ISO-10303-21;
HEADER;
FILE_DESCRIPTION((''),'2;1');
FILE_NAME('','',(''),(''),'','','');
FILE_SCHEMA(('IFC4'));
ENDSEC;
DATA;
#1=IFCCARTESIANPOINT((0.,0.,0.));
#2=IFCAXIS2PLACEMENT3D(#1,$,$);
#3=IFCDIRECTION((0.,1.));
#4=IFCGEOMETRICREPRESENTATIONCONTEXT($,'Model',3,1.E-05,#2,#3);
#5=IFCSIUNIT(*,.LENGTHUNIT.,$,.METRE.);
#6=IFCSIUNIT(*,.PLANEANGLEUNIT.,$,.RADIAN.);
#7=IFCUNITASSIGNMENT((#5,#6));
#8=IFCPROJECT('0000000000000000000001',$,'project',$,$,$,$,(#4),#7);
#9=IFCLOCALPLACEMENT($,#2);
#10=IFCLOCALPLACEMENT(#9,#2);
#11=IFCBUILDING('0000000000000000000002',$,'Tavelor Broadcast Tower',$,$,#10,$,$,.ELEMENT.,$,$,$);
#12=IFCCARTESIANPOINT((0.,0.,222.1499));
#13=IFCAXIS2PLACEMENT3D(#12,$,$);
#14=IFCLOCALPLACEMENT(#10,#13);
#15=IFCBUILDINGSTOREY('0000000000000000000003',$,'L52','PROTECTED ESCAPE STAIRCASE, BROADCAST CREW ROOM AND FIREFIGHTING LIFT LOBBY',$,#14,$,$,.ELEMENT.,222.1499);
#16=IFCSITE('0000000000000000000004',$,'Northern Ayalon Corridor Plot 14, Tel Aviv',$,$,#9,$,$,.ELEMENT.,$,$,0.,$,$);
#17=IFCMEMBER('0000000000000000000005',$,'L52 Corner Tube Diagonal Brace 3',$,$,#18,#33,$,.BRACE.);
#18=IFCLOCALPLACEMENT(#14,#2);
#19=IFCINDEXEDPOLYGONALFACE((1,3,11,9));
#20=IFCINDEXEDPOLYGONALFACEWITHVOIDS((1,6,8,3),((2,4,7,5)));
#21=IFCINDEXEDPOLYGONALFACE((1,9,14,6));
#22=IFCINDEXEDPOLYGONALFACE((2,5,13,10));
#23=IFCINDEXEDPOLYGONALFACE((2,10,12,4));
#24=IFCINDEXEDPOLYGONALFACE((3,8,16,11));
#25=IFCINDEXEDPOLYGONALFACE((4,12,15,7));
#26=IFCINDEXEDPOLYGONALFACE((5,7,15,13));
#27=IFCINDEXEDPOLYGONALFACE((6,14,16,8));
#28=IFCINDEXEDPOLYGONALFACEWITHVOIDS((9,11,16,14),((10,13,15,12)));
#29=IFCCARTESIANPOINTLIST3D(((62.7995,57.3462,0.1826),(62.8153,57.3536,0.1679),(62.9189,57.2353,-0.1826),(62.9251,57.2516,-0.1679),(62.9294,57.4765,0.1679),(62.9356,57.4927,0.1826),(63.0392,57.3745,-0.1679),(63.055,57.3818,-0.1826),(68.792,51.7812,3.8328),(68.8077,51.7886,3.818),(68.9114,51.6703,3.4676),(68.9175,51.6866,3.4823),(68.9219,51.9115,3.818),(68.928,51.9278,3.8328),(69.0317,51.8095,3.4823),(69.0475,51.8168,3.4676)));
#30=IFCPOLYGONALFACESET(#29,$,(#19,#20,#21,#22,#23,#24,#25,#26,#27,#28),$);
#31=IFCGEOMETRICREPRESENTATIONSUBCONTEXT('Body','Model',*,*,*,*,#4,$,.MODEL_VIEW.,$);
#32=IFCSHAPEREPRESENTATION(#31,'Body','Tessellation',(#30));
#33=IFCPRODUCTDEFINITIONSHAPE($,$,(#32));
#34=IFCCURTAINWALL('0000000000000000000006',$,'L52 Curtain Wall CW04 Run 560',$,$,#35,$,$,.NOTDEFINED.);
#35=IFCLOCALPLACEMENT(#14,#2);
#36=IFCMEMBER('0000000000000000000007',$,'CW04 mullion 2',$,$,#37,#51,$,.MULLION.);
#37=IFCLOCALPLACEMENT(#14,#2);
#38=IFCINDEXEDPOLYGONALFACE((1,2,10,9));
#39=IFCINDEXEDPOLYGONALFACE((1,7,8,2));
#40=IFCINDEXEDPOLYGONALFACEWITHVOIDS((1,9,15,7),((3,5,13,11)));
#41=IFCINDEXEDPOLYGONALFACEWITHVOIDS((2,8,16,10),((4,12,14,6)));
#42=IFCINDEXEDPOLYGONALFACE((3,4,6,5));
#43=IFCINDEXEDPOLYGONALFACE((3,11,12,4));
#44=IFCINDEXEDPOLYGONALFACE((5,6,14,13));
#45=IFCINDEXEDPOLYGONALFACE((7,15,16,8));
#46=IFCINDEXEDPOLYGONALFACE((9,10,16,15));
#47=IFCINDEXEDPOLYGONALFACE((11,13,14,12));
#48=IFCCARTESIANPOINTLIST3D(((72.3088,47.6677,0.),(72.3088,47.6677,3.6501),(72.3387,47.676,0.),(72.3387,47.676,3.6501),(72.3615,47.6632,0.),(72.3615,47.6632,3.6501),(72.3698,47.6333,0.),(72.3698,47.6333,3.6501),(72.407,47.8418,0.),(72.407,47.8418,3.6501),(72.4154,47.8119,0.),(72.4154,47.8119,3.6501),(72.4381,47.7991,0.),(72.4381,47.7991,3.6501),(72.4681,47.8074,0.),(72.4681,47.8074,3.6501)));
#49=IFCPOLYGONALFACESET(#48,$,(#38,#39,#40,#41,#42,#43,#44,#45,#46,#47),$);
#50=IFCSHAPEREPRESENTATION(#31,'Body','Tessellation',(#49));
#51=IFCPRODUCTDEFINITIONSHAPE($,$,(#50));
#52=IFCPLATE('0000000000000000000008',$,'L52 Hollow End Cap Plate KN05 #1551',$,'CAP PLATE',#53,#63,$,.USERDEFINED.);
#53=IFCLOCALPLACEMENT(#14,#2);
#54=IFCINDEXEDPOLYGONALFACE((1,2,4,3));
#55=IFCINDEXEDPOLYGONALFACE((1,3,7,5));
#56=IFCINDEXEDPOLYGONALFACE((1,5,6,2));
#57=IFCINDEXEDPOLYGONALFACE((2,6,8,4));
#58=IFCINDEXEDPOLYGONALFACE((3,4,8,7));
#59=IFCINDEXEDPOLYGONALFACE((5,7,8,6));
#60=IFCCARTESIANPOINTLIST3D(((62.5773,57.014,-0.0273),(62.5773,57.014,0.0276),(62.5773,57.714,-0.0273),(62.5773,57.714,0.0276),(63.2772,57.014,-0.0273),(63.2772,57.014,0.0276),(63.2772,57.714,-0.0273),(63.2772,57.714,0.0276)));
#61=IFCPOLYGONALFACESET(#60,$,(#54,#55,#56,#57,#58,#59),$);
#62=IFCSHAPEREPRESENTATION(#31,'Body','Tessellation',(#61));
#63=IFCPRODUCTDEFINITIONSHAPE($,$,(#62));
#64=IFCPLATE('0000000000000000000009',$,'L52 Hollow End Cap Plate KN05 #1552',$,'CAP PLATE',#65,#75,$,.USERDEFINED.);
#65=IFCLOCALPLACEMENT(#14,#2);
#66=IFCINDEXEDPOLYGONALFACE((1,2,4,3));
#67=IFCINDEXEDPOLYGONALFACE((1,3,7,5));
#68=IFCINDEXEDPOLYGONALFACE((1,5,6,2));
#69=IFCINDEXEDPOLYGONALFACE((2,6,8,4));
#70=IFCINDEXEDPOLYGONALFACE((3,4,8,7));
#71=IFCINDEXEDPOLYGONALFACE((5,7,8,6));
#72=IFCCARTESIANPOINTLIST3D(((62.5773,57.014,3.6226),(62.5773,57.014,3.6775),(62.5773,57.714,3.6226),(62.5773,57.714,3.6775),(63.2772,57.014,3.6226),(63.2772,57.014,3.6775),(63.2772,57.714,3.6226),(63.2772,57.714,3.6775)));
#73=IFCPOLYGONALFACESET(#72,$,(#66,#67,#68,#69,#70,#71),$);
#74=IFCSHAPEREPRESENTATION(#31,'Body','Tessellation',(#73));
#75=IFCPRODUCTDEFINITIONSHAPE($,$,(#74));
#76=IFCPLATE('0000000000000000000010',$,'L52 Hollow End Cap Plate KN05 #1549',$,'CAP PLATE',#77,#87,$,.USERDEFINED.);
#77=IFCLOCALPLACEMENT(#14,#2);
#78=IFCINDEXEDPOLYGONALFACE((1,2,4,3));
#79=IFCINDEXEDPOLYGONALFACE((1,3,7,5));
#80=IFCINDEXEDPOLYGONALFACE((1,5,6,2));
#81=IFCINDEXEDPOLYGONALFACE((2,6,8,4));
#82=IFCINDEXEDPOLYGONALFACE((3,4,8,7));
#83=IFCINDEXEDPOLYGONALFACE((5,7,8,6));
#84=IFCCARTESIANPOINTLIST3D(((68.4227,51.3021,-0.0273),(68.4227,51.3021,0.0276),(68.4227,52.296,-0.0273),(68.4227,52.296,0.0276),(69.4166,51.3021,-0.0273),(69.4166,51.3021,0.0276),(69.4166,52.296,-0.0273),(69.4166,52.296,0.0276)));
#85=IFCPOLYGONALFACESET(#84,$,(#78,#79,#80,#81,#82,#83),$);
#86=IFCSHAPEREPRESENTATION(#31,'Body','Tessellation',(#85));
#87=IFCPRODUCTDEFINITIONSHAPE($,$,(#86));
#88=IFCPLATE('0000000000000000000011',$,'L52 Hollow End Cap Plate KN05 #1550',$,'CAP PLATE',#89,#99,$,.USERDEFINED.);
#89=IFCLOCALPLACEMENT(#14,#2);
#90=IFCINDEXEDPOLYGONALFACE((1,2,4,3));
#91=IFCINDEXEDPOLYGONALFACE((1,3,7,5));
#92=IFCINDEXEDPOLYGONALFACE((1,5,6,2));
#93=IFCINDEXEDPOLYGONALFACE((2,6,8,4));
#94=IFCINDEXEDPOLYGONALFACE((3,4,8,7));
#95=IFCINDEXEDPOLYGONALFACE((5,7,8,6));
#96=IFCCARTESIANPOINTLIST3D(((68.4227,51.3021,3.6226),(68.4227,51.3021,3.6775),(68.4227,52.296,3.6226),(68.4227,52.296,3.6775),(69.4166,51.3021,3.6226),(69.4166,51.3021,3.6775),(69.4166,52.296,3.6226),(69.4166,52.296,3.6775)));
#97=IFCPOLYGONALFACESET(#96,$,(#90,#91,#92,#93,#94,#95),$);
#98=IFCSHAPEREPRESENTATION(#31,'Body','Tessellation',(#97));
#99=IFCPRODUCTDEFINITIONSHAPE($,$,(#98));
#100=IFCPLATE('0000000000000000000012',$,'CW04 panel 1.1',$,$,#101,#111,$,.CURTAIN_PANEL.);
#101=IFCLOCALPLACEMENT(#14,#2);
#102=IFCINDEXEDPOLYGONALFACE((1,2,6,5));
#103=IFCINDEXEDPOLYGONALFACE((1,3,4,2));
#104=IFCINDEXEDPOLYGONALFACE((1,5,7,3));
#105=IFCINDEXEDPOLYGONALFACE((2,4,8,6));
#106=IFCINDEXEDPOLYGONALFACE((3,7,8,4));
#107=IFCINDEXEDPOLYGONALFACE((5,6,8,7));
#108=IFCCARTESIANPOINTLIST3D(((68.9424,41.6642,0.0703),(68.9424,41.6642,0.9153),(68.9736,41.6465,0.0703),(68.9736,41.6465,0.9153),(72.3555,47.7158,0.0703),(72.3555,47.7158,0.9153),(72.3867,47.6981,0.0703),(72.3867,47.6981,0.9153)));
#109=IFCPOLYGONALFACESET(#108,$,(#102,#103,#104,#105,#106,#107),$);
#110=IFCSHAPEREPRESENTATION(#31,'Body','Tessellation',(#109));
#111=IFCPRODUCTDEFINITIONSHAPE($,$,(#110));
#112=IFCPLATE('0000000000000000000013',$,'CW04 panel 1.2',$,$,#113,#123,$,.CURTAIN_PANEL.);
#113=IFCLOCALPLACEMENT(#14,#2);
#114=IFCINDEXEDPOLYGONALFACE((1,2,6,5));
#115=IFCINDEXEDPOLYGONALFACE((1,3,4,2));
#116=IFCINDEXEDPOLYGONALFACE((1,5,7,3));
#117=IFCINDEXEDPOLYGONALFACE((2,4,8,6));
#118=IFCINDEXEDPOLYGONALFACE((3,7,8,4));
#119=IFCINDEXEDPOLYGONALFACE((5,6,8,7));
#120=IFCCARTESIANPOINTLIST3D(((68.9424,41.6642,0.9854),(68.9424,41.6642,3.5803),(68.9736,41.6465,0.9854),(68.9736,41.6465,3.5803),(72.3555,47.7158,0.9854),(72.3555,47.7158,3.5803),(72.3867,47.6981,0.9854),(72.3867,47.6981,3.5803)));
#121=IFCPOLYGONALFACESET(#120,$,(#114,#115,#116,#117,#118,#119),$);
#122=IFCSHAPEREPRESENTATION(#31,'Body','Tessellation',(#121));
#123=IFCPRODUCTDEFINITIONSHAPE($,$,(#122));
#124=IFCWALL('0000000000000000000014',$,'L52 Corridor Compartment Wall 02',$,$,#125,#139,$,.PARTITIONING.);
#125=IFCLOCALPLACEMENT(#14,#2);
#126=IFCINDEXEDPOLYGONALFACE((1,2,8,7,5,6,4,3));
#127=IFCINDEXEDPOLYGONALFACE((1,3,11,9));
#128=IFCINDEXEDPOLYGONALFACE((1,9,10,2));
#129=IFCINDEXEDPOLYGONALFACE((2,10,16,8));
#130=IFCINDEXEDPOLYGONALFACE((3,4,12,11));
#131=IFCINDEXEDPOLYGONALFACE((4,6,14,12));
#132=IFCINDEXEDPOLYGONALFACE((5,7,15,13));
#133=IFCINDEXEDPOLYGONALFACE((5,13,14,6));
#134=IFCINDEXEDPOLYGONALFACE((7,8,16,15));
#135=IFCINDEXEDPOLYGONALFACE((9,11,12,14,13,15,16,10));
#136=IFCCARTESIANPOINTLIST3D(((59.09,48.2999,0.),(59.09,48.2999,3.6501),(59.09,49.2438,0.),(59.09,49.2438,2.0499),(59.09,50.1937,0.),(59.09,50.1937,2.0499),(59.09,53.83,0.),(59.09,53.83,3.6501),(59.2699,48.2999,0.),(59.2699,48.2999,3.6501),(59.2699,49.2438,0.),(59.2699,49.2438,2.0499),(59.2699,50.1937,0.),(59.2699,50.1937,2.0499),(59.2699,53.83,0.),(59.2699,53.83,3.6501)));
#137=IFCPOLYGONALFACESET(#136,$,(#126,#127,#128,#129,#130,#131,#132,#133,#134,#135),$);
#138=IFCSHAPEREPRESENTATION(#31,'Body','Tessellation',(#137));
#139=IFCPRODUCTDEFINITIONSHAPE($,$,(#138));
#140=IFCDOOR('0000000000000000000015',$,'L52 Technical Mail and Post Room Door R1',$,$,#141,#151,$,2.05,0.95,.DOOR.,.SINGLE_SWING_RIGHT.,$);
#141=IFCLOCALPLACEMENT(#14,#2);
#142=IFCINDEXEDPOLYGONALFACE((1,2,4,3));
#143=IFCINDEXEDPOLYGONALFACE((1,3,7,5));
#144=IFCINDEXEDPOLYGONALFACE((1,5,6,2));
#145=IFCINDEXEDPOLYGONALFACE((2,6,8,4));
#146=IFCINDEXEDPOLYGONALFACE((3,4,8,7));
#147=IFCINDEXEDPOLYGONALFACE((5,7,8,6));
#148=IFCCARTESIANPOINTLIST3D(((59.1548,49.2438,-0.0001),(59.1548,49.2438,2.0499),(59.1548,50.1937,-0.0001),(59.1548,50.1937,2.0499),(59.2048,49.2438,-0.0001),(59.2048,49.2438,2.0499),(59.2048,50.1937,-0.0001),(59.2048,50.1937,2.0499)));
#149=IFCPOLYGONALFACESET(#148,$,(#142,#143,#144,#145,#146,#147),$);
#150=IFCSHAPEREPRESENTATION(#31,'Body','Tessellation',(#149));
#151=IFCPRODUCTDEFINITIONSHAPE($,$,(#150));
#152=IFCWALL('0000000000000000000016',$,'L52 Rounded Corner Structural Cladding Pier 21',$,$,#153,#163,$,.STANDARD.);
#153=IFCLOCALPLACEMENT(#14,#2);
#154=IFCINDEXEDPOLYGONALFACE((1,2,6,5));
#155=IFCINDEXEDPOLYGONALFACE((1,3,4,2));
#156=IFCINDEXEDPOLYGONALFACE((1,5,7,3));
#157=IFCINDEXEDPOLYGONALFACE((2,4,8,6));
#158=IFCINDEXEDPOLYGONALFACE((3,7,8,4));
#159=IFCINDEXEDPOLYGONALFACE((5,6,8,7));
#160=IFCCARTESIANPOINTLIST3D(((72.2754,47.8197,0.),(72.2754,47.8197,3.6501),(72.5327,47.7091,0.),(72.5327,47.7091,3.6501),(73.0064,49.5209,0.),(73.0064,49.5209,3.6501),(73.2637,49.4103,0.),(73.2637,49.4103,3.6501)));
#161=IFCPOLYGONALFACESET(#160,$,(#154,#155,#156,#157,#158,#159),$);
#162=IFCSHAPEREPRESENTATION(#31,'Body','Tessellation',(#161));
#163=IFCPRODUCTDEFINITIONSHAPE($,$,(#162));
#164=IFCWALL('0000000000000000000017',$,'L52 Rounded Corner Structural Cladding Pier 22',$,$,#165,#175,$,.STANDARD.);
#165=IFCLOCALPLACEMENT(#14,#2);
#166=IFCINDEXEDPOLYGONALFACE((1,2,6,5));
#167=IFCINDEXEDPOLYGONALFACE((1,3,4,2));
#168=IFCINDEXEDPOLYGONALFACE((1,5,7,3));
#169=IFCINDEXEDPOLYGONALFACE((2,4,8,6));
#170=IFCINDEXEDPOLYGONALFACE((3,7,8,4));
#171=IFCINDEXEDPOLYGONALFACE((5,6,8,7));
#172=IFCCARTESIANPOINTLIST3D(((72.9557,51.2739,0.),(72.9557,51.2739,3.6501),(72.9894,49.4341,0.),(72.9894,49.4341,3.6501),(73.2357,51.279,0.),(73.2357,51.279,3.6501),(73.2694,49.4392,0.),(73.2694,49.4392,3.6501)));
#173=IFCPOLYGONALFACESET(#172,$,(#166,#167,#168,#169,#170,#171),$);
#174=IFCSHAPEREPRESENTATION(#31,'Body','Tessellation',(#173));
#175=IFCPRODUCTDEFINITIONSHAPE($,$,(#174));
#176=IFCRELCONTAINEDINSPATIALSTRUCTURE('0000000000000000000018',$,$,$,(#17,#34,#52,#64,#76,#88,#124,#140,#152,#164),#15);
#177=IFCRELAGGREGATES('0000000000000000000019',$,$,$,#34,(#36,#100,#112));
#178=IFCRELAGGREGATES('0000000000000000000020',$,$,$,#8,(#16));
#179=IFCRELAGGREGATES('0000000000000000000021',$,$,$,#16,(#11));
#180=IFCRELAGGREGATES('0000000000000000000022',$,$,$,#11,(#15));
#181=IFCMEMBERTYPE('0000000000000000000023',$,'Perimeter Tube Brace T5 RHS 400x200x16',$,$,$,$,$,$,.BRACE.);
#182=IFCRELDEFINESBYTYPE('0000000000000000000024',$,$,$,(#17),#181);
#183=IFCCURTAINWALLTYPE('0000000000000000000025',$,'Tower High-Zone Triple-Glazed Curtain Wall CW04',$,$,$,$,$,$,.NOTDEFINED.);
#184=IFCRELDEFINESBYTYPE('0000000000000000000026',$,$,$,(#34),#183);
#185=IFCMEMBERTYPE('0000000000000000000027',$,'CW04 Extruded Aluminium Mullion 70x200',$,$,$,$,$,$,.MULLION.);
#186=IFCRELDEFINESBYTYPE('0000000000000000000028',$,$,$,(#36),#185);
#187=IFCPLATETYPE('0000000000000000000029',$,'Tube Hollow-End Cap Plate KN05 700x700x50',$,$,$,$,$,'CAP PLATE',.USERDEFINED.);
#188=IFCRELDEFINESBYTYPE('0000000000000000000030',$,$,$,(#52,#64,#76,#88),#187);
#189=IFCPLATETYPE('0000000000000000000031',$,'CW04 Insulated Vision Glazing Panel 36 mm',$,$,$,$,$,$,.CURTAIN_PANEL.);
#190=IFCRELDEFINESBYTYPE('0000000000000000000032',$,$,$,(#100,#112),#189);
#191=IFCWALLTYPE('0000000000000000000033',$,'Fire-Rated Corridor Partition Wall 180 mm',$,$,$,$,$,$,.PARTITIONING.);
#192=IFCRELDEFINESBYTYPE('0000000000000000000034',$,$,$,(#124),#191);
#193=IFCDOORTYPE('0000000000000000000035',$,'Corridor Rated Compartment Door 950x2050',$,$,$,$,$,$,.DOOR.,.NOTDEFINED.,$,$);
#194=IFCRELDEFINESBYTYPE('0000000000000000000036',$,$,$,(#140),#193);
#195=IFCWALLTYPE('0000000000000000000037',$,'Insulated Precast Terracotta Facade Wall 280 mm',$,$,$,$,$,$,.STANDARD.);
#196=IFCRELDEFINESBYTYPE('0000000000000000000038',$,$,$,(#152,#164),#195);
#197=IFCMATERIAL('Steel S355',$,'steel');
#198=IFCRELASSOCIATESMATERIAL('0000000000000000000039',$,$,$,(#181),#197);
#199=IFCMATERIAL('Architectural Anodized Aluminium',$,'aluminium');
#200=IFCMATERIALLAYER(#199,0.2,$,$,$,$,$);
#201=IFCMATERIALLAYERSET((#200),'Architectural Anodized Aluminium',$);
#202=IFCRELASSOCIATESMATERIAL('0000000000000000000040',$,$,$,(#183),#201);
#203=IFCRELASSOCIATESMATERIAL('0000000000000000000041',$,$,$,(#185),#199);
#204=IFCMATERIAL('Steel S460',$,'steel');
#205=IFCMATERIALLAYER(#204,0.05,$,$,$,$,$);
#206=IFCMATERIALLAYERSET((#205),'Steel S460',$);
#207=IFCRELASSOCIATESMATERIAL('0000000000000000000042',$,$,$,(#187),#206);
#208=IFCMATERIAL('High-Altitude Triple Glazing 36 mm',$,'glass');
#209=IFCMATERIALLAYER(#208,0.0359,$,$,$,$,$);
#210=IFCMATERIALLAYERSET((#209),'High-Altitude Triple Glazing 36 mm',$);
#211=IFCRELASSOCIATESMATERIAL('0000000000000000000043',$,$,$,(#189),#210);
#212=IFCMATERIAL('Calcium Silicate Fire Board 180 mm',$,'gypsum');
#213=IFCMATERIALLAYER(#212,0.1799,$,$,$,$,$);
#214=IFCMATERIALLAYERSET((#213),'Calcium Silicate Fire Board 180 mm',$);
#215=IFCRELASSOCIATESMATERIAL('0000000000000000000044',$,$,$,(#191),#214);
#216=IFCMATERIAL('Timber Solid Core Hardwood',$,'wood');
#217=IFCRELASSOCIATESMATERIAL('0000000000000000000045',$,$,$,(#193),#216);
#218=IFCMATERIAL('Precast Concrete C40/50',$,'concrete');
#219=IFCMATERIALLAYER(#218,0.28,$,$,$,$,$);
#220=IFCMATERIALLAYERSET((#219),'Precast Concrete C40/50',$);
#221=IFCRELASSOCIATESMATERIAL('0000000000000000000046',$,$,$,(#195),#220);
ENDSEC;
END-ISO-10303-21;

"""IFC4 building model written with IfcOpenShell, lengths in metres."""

from ifc_helpers import new_model, si_unit, direction, frame, frame_2d, origin, origin_2d, place, context, subcontext, project, spatial, rectangle, hollow_rectangle, extrude, source, transform, mapped, material, layer, layer_set, material_profile, profile_set, type_object, type_shapes, element, fill, aggregate, save


model = new_model("IFC4")

# Units and contexts
model_context = context("Model", 3, precision=1e-05, world=origin(), true_north=direction((0.0, 1.0)))
body_context = subcontext(model_context, "Body", "Model", "MODEL_VIEW")
ifc_project = project(units=[si_unit("LENGTHUNIT", "METRE"), si_unit("PLANEANGLEUNIT", "RADIAN")], contexts=[model_context])

# Site, building, storey
site_placement = place(None, origin())
site = spatial("IfcSite", under=ifc_project, at=site_placement, Name="Northern Ayalon Corridor Plot 14, Tel Aviv", CompositionType="ELEMENT", RefElevation=0.0)
building_placement = place(site_placement, origin())
building = spatial("IfcBuilding", under=site, at=building_placement, Name="Tavelor Broadcast Tower", CompositionType="ELEMENT")
storey_placement = place(building_placement, frame((0.0, 0.0, 222.1499)))
storey = spatial("IfcBuildingStorey", under=building, at=storey_placement, Name="L52", Description="PROTECTED ESCAPE STAIRCASE, BROADCAST CREW ROOM AND FIREFIGHTING LIFT LOBBY", CompositionType="ELEMENT", Elevation=222.1499)

# Shared definitions
ifc_material_1 = material(Name="Steel S460", Category="steel")

# Shared definitions
ifc_material_2 = material(Name="Steel S355", Category="steel")

# Member
ifc_material_profile_1 = material_profile(ifc_material_2, hollow_rectangle(XDim=0.2, YDim=0.3999, WallThickness=0.0161, at=origin_2d()), Name="RHS 400x200x16")
ifc_profile_set_1 = profile_set([ifc_material_profile_1], Name="Steel S355")
member_type_1 = type_object("IfcMemberType", Name="Perimeter Tube Brace T5 RHS 400x200x16", PredefinedType="BRACE", material=ifc_profile_set_1)
member_1_placement = place(storey_placement, frame((62.9272, 57.364, 0.0), z_axis=(0.669133, -0.621398, 0.407586), x_axis=(0.680487, 0.732761, 0.0)))
element("IfcMember", 1, at=member_1_placement, inside=storey, type_object=member_type_1, Name="L52 Corner Tube Diagonal Brace 3", PredefinedType="BRACE", context=body_context, shape_type="SweptSolid", body=[
    extrude(hollow_rectangle(XDim=0.2, YDim=0.3999, WallThickness=0.0161, at=origin_2d()), origin(), (0.0, 0.0, 1.0), 8.9556),
])

# Curtain wall, member
ifc_material_3 = material(Name="Architectural Anodized Aluminium", Category="aluminium")
ifc_layer_1 = layer(ifc_material_3, 0.2)
ifc_layer_set_1 = layer_set([ifc_layer_1], Name="Architectural Anodized Aluminium")
curtain_wall_type = type_object("IfcCurtainWallType", Name="Tower High-Zone Triple-Glazed Curtain Wall CW04", PredefinedType="NOTDEFINED", material=ifc_layer_set_1)
curtain_wall_placement = place(storey_placement, origin())
curtain_wall = element("IfcCurtainWall", 2, at=curtain_wall_placement, inside=storey, type_object=curtain_wall_type, Name="L52 Curtain Wall CW04 Run 560", PredefinedType="NOTDEFINED")
ifc_material_profile_2 = material_profile(ifc_material_3, hollow_rectangle(XDim=0.0701, YDim=0.2, WallThickness=0.022, at=origin_2d()), Name="RHS 70x200x22")
ifc_profile_set_2 = profile_set([ifc_material_profile_2], Name="Architectural Anodized Aluminium")
member_type_2 = type_object("IfcMemberType", Name="CW04 Extruded Aluminium Mullion 70x200", PredefinedType="MULLION", material=ifc_profile_set_2)
shared_shape_1 = source(origin(), body_context, "Body", "SweptSolid", [
    extrude(hollow_rectangle(XDim=0.0701, YDim=0.2, WallThickness=0.022, at=origin_2d()), origin(), (0.0, 0.0, 1.0), 3.6501),
])
type_shapes(member_type_2, [shared_shape_1])
member_2_placement = place(storey_placement, frame((72.3884, 47.7375, 0.0), z_axis=(0.0, 0.0, 1.0), x_axis=(-0.871017, 0.491252, 0.0)))
member_2 = element("IfcMember", 3, at=member_2_placement, type_object=member_type_2, Name="CW04 mullion 2", PredefinedType="MULLION", context=body_context, shape_type="MappedRepresentation", body=[
    mapped(shared_shape_1, transform((0.0, 0.0, 0.0), scale=1.0)),
])

# Plates
ifc_layer_2 = layer(ifc_material_1, 0.05)
ifc_layer_set_2 = layer_set([ifc_layer_2], Name="Steel S460")
plate_type_1 = type_object("IfcPlateType", Name="Tube Hollow-End Cap Plate KN05 700x700x50", ElementType="CAP PLATE", PredefinedType="USERDEFINED", material=ifc_layer_set_2)
shared_shape_2 = source(origin(), body_context, "Body", "SweptSolid", [
    extrude(rectangle(XDim=0.7, YDim=0.7, at=origin_2d()), origin(), (0.0, 0.0, 1.0), 0.0549),
])
for number, where, z_axis, x_axis, name in (
    (4, (62.9272, 57.364, -0.0273), (0.0, 0.0, 1.0), (1.0, 0.0, 0.0), "L52 Hollow End Cap Plate KN05 #1551"),
    (5, (62.9272, 57.364, 3.6226), (0.0, 0.0, 1.0), (1.0, 0.0, 0.0), "L52 Hollow End Cap Plate KN05 #1552"),
):
    element("IfcPlate", number, at=place(storey_placement, frame(where, z_axis=z_axis, x_axis=x_axis)), inside=storey, type_object=plate_type_1, Name=name, ObjectType="CAP PLATE", PredefinedType="USERDEFINED", context=body_context, shape_type="MappedRepresentation", body=[
        mapped(shared_shape_2, transform((0.0, 0.0, 0.0), scale=1.0)),
    ])
shared_shape_3 = source(origin(), body_context, "Body", "SweptSolid", [
    extrude(rectangle(XDim=0.9939, YDim=0.9939, at=origin_2d()), origin(), (0.0, 0.0, 1.0), 0.0549),
])
type_shapes(plate_type_1, [shared_shape_2, shared_shape_3])
for number, where, z_axis, x_axis, name in (
    (6, (68.9197, 51.7991, -0.0273), (0.0, 0.0, 1.0), (1.0, 0.0, 0.0), "L52 Hollow End Cap Plate KN05 #1549"),
    (7, (68.9197, 51.7991, 3.6226), (0.0, 0.0, 1.0), (1.0, 0.0, 0.0), "L52 Hollow End Cap Plate KN05 #1550"),
):
    element("IfcPlate", number, at=place(storey_placement, frame(where, z_axis=z_axis, x_axis=x_axis)), inside=storey, type_object=plate_type_1, Name=name, ObjectType="CAP PLATE", PredefinedType="USERDEFINED", context=body_context, shape_type="MappedRepresentation", body=[
        mapped(shared_shape_3, transform((0.0, 0.0, 0.0), scale=1.0)),
    ])

# Plates
ifc_material_4 = material(Name="High-Altitude Triple Glazing 36 mm", Category="glass")
ifc_layer_3 = layer(ifc_material_4, 0.0359)
ifc_layer_set_3 = layer_set([ifc_layer_3], Name="High-Altitude Triple Glazing 36 mm")
plate_type_2 = type_object("IfcPlateType", Name="CW04 Insulated Vision Glazing Panel 36 mm", PredefinedType="CURTAIN_PANEL", material=ifc_layer_set_3)
shared_shape_4 = source(origin(), body_context, "Body", "SweptSolid", [
    extrude(rectangle(XDim=6.9478, YDim=0.0359, at=origin_2d()), origin(), (0.0, 0.0, 1.0), 0.845),
])
plate_1_placement = place(storey_placement, frame((70.6646, 44.6812, 0.0703), z_axis=(0.0, 0.0, 1.0), x_axis=(0.491252, 0.871017, 0.0)))
plate_1 = element("IfcPlate", 8, at=plate_1_placement, type_object=plate_type_2, Name="CW04 panel 1.1", PredefinedType="CURTAIN_PANEL", context=body_context, shape_type="MappedRepresentation", body=[
    mapped(shared_shape_4, transform((0.0, 0.0, 0.0), scale=1.0)),
])
shared_shape_5 = source(origin(), body_context, "Body", "SweptSolid", [
    extrude(rectangle(XDim=6.9478, YDim=0.0359, at=origin_2d()), origin(), (0.0, 0.0, 1.0), 2.595),
])
type_shapes(plate_type_2, [shared_shape_4, shared_shape_5])
plate_2_placement = place(storey_placement, frame((70.6646, 44.6812, 0.9854), z_axis=(0.0, 0.0, 1.0), x_axis=(0.491252, 0.871017, 0.0)))
plate_2 = element("IfcPlate", 9, at=plate_2_placement, type_object=plate_type_2, Name="CW04 panel 1.2", PredefinedType="CURTAIN_PANEL", context=body_context, shape_type="MappedRepresentation", body=[
    mapped(shared_shape_5, transform((0.0, 0.0, 0.0), scale=1.0)),
])
aggregate(curtain_wall, [member_2, plate_1, plate_2])

# Wall, opening, door
ifc_material_5 = material(Name="Calcium Silicate Fire Board 180 mm", Category="gypsum")
ifc_layer_4 = layer(ifc_material_5, 0.1799)
ifc_layer_set_4 = layer_set([ifc_layer_4], Name="Calcium Silicate Fire Board 180 mm")
wall_type_1 = type_object("IfcWallType", Name="Fire-Rated Corridor Partition Wall 180 mm", PredefinedType="PARTITIONING", material=ifc_layer_set_4)
wall_1_placement = place(storey_placement, frame((59.1799, 53.8301, 0.0), z_axis=(0.0, 0.0, 1.0), x_axis=(0.0, -1.0, 0.0)))
wall_1 = element("IfcWall", 10, at=wall_1_placement, inside=storey, type_object=wall_type_1, Name="L52 Corridor Compartment Wall 02", PredefinedType="PARTITIONING", context=body_context, shape_type="SweptSolid", body=[
    extrude(rectangle(XDim=5.53, YDim=0.1799, at=frame_2d((2.7651, 0.0))), origin(), (0.0, 0.0, 1.0), 3.6501),
])
opening_placement = place(wall_1_placement, frame((3.6362, 0.0, 0.0)))
opening = element("IfcOpeningElement", 11, at=opening_placement, cuts=wall_1, PredefinedType="OPENING", context=body_context, shape_type="SweptSolid", body=[
    extrude(rectangle(XDim=0.95, YDim=2.05, at=frame_2d((0.4751, 1.0249))), frame((0.0, 0.1001, 0.0), z_axis=(0.0, -1.0, 0.0), x_axis=(1.0, 0.0, 0.0)), (0.0, 0.0, 1.0), 0.2),
])
ifc_material_6 = material(Name="Timber Solid Core Hardwood", Category="wood")
door_type = type_object("IfcDoorType", Name="Corridor Rated Compartment Door 950x2050", OperationType="NOTDEFINED", PredefinedType="DOOR", material=ifc_material_6)
door_placement = place(opening_placement, origin())
door = element("IfcDoor", 12, at=door_placement, inside=storey, type_object=door_type, Name="L52 Technical Mail and Post Room Door R1", OperationType="SINGLE_SWING_RIGHT", OverallHeight=2.05, OverallWidth=0.95, PredefinedType="DOOR", context=body_context, shape_type="SweptSolid", body=[
    extrude(rectangle(XDim=0.95, YDim=2.05, at=frame_2d((0.4751, 1.0249))), frame((0.0, 0.0249, 0.0), z_axis=(0.0, -1.0, 0.0), x_axis=(1.0, 0.0, 0.0)), (0.0, 0.0, 1.0), 0.05),
])
fill(opening, door)

# Walls
ifc_material_7 = material(Name="Precast Concrete C40/50", Category="concrete")
ifc_layer_5 = layer(ifc_material_7, 0.28)
ifc_layer_set_5 = layer_set([ifc_layer_5], Name="Precast Concrete C40/50")
wall_type_2 = type_object("IfcWallType", Name="Insulated Precast Terracotta Facade Wall 280 mm", PredefinedType="STANDARD", material=ifc_layer_set_5)
wall_2_placement = place(storey_placement, frame((72.4041, 47.7644, 0.0), z_axis=(0.0, 0.0, 1.0), x_axis=(0.394778, 0.918776, 0.0)))
element("IfcWall", 13, at=wall_2_placement, inside=storey, type_object=wall_type_2, Name="L52 Rounded Corner Structural Cladding Pier 21", PredefinedType="STANDARD", context=body_context, shape_type="SweptSolid", body=[
    extrude(rectangle(XDim=1.8516, YDim=0.28, at=frame_2d((0.9258, 0.0))), origin(), (0.0, 0.0, 1.0), 3.6501),
])
for number, where, z_axis, x_axis, name in (
    (14, (73.1294, 49.4368, 0.0), (0.0, 0.0, 1.0), (-0.018309, 0.999832, 0.0), "L52 Rounded Corner Structural Cladding Pier 22"),
):
    element("IfcWall", number, at=place(storey_placement, frame(where, z_axis=z_axis, x_axis=x_axis)), inside=storey, type_object=wall_type_2, Name=name, PredefinedType="STANDARD", context=body_context, shape_type="SweptSolid", body=[
        extrude(rectangle(XDim=1.8401, YDim=0.28, at=frame_2d((0.9199, 0.0))), origin(), (0.0, 0.0, 1.0), 3.6501),
    ])

save(model, "model.ifc")
